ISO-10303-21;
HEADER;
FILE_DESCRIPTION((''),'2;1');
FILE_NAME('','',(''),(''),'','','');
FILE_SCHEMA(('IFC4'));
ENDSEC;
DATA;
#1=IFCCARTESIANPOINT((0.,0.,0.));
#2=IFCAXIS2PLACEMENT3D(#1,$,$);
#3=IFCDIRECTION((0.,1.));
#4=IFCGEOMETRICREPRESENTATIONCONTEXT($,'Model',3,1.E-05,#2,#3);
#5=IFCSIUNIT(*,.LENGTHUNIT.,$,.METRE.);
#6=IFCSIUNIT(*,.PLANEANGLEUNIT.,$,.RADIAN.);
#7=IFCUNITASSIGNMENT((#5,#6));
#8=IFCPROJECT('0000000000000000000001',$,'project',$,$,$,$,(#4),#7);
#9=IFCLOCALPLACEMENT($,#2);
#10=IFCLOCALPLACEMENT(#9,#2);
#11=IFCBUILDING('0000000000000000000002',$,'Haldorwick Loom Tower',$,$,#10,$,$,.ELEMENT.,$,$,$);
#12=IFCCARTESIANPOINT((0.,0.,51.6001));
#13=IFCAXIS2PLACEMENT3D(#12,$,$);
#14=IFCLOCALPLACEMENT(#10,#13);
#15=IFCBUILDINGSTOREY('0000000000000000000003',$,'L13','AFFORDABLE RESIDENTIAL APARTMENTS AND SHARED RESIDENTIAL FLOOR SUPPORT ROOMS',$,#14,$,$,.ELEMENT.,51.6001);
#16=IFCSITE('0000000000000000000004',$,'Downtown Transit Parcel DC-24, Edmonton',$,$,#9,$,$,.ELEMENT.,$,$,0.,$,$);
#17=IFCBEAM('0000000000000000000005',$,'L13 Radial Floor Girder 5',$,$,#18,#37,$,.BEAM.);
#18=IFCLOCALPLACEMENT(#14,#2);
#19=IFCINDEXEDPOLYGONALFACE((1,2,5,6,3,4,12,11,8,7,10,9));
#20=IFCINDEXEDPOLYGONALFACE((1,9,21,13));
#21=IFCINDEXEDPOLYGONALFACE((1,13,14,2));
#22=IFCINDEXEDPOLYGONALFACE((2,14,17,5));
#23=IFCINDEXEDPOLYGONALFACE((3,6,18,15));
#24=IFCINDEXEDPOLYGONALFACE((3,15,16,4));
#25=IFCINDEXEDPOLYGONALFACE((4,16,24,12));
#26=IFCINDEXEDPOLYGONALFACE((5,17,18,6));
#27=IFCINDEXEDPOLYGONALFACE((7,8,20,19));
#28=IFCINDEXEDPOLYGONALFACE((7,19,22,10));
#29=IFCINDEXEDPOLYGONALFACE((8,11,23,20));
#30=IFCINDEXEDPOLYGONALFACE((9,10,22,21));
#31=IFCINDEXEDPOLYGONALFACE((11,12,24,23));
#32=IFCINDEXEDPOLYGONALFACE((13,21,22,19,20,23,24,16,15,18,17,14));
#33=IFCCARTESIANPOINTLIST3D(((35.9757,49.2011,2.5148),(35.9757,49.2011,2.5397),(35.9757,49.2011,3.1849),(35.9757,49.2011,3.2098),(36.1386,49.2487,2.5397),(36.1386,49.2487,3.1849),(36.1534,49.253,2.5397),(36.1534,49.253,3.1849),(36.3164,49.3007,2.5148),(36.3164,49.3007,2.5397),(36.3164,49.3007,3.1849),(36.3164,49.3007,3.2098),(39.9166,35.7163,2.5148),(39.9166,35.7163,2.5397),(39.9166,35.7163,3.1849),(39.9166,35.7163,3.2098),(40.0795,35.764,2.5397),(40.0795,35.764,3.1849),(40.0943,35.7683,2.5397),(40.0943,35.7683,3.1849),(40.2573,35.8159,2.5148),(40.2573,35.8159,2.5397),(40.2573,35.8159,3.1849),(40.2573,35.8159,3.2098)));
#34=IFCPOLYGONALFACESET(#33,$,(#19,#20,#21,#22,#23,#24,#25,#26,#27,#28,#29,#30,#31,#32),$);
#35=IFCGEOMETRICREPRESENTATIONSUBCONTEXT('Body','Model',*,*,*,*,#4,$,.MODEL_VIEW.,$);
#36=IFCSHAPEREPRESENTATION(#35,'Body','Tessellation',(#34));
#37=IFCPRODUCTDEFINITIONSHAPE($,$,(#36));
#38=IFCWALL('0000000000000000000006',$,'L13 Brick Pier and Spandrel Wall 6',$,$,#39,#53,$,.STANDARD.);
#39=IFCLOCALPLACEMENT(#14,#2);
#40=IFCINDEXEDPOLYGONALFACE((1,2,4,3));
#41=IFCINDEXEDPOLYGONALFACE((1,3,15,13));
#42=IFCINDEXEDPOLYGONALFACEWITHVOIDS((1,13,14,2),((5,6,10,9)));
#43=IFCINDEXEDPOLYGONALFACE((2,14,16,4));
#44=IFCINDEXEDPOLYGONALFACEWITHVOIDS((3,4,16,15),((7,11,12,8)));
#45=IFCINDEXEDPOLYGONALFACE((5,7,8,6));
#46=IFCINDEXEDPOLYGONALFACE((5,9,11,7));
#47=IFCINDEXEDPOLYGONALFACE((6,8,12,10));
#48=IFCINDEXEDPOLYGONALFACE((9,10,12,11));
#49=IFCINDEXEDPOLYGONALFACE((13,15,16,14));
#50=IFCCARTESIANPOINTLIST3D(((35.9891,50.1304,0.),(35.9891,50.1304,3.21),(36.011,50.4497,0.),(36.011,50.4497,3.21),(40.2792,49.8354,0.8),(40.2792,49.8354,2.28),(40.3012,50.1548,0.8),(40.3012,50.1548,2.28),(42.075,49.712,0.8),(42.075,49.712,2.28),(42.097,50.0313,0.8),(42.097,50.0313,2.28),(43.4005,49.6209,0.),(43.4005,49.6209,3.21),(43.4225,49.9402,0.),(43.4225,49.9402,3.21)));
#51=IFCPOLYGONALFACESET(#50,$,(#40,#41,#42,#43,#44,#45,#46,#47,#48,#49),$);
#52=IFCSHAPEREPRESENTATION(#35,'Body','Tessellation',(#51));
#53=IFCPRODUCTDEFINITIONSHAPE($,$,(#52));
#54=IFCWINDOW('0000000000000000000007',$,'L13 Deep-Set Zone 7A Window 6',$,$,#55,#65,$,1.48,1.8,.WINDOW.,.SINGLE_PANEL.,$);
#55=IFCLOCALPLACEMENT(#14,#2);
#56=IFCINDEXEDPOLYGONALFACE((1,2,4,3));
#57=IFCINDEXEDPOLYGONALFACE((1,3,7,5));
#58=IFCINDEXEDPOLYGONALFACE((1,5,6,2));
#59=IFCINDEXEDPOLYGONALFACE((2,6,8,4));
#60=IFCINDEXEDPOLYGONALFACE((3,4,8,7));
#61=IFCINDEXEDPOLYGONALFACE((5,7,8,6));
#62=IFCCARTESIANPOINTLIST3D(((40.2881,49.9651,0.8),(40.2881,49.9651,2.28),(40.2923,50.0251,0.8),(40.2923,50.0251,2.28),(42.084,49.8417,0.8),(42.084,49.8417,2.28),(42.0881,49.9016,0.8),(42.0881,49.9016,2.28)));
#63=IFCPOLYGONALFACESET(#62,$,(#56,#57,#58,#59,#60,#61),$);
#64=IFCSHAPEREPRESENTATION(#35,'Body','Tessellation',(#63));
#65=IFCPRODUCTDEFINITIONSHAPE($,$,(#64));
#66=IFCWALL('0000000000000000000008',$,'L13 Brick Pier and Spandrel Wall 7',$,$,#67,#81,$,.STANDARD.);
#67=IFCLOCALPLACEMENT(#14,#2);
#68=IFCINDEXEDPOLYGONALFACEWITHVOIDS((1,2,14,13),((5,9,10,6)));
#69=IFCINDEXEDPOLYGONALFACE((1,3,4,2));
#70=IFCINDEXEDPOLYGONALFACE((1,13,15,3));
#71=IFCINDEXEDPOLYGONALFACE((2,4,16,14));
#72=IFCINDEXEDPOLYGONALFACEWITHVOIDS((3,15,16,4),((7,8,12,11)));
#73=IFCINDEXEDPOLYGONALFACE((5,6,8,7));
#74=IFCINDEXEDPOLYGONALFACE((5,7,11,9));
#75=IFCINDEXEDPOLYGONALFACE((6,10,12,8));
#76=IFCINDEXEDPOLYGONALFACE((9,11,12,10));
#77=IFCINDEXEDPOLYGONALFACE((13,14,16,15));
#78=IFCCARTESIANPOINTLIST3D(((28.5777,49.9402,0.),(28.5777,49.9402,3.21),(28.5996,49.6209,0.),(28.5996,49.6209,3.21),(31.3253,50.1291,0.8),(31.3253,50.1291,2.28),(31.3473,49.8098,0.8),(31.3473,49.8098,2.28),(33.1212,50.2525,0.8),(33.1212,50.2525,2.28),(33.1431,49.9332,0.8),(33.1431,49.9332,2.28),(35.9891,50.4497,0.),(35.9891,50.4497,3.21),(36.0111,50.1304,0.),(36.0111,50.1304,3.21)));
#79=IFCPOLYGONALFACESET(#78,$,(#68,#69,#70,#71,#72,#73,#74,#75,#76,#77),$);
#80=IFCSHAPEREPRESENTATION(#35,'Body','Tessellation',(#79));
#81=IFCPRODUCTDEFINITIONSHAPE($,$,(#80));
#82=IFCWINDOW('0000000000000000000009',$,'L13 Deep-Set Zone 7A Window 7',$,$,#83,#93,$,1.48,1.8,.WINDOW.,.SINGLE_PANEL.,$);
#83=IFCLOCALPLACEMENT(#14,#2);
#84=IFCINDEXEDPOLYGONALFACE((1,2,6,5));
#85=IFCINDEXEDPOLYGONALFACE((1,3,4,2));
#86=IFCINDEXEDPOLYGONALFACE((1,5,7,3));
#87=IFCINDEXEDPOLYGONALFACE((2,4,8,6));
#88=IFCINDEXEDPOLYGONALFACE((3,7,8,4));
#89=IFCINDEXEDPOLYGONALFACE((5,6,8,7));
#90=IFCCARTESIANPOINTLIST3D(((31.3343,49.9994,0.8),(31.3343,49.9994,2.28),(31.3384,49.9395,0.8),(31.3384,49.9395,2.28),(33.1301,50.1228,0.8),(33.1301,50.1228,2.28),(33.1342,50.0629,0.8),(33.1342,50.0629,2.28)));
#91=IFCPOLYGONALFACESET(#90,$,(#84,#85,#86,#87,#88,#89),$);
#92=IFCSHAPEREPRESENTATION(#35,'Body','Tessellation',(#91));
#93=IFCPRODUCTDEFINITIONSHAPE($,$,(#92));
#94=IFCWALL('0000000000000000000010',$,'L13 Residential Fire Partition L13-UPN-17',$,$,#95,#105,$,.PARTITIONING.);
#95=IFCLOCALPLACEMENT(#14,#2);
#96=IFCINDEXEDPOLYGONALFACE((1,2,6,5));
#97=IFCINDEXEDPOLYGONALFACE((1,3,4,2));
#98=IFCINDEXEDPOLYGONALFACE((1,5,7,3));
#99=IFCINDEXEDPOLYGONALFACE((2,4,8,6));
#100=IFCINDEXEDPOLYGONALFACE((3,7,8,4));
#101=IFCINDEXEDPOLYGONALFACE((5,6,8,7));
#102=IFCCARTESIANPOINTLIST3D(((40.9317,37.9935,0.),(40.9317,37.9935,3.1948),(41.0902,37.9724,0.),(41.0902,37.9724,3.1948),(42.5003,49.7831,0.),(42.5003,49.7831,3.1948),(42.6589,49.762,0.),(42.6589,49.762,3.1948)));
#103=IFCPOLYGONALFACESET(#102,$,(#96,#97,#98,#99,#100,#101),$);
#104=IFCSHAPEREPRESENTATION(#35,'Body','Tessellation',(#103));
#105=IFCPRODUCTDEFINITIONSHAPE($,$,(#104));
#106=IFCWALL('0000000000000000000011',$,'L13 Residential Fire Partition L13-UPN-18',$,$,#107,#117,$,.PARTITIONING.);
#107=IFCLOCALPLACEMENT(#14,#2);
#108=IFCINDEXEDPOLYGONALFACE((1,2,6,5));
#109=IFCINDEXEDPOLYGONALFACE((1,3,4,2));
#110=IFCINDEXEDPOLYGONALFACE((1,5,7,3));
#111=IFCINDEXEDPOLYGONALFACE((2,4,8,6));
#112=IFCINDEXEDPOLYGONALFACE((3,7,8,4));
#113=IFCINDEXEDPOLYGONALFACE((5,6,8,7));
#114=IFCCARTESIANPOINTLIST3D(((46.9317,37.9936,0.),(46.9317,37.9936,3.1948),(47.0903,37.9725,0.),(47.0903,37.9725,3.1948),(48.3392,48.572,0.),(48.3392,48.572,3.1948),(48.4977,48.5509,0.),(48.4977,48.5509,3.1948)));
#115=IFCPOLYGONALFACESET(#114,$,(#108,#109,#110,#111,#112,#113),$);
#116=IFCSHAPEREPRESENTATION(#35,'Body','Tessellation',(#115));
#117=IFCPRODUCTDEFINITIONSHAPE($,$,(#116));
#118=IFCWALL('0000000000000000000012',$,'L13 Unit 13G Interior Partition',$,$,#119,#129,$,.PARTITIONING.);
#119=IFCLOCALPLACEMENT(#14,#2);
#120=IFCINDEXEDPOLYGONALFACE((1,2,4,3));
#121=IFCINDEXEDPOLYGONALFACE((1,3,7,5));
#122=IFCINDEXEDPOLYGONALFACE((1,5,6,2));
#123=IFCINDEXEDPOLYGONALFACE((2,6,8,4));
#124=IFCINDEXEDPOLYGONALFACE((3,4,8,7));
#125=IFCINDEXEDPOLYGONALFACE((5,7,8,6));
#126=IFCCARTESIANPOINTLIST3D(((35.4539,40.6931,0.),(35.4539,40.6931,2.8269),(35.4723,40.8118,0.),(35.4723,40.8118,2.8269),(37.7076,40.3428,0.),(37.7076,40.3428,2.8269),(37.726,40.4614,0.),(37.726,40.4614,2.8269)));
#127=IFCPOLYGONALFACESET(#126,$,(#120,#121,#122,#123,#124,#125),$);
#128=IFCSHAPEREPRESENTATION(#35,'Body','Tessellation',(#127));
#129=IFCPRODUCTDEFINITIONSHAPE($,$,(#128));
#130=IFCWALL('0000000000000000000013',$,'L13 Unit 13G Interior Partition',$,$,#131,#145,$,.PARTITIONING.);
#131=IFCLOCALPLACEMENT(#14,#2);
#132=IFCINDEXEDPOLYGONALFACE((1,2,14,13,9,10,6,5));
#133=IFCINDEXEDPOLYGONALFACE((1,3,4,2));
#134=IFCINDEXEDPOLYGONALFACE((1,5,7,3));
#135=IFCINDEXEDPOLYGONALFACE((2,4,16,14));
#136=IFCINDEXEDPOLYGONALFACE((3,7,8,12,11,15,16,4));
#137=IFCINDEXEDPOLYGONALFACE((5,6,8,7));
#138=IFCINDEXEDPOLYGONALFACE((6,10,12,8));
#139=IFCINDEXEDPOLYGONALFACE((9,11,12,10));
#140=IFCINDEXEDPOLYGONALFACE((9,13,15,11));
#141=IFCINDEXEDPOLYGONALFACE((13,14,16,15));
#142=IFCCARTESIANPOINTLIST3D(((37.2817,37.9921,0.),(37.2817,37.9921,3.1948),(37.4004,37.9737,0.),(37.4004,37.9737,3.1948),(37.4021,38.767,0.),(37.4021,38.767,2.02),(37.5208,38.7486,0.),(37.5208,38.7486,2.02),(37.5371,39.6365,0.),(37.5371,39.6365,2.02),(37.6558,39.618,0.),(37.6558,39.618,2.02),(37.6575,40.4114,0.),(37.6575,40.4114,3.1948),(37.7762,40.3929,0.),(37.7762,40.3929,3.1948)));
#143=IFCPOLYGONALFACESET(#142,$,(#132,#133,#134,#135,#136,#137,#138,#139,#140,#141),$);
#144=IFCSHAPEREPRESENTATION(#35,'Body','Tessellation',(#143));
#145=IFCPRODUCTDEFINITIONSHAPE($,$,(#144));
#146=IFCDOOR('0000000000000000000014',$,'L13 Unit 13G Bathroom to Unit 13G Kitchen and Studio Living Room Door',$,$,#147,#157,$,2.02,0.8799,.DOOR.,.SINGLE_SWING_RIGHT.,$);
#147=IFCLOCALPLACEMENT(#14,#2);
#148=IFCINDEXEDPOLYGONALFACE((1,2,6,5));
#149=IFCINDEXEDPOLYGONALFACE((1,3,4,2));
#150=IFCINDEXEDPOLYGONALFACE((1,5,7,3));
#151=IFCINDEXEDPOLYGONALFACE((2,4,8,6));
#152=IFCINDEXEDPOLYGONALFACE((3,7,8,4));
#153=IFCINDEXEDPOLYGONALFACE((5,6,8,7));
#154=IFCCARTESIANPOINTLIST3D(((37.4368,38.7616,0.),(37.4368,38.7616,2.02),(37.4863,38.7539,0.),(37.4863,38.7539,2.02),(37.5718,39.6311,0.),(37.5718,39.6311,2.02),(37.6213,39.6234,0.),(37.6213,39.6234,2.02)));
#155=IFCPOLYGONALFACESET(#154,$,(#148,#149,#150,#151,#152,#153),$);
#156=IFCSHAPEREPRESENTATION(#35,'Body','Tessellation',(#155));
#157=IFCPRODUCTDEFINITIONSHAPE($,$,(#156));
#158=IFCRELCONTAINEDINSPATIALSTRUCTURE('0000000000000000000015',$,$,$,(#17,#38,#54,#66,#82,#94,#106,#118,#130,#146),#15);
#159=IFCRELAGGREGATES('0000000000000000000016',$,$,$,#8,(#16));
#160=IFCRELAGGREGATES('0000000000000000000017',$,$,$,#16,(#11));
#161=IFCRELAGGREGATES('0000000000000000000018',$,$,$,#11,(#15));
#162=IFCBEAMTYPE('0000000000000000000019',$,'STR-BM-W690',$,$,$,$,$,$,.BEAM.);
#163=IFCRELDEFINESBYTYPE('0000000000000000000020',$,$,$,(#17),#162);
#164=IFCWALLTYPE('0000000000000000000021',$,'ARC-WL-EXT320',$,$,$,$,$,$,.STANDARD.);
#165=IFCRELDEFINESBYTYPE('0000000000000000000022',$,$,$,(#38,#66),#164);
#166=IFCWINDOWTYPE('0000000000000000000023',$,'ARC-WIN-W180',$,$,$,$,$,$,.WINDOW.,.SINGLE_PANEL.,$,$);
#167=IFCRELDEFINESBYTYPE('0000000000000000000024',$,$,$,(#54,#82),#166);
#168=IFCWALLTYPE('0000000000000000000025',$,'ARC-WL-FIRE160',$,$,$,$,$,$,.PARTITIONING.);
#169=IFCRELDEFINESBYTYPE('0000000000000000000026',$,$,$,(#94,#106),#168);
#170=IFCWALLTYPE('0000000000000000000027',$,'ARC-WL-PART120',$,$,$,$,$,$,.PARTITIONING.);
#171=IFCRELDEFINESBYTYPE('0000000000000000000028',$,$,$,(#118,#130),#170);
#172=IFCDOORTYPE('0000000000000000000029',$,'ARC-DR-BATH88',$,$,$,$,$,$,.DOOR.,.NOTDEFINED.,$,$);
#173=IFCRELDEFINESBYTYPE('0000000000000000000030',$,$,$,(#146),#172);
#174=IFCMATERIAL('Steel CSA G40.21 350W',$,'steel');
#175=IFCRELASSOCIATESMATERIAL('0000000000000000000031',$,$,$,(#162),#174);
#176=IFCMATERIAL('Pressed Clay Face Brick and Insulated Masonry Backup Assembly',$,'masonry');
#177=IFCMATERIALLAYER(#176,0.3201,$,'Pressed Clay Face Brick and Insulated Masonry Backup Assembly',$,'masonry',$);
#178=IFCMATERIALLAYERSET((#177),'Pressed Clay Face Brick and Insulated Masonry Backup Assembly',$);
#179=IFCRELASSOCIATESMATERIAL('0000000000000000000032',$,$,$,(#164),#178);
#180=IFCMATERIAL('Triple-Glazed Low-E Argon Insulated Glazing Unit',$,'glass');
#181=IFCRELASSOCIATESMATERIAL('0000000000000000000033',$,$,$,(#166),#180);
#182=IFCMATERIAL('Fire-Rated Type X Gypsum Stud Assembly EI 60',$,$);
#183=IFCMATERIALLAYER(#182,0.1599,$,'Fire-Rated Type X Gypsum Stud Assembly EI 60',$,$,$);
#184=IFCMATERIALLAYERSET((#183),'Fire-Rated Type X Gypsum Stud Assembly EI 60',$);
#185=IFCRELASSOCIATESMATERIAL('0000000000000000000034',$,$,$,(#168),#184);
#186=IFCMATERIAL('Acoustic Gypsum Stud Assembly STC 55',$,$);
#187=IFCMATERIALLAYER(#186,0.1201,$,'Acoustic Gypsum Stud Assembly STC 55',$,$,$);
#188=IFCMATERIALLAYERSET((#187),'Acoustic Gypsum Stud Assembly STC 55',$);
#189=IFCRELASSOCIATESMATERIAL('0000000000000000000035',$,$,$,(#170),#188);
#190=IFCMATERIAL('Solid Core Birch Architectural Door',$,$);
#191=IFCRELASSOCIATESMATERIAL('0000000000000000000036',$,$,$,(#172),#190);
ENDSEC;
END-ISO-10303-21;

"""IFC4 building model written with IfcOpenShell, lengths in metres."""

from ifc_helpers import new_model, si_unit, direction, frame, frame_2d, origin, origin_2d, place, context, subcontext, project, spatial, rectangle, i_section, extrude, material, layer, layer_set, material_profile, profile_set, type_object, element, fill, save


model = new_model("IFC4")

# Units and contexts
model_context = context("Model", 3, precision=1e-05, world=origin(), true_north=direction((0.0, 1.0)))
body_context = subcontext(model_context, "Body", "Model", "MODEL_VIEW")
ifc_project = project(units=[si_unit("LENGTHUNIT", "METRE"), si_unit("PLANEANGLEUNIT", "RADIAN")], contexts=[model_context])

# Site, building, storey
site_placement = place(None, origin())
site = spatial("IfcSite", under=ifc_project, at=site_placement, Name="Downtown Transit Parcel DC-24, Edmonton", CompositionType="ELEMENT", RefElevation=0.0)
building_placement = place(site_placement, origin())
building = spatial("IfcBuilding", under=site, at=building_placement, Name="Haldorwick Loom Tower", CompositionType="ELEMENT")
storey_placement = place(building_placement, frame((0.0, 0.0, 51.6001)))
storey = spatial("IfcBuildingStorey", under=building, at=storey_placement, Name="L13", Description="AFFORDABLE RESIDENTIAL APARTMENTS AND SHARED RESIDENTIAL FLOOR SUPPORT ROOMS", CompositionType="ELEMENT", Elevation=51.6001)

# Beam
ifc_material_1 = material(Name="Steel CSA G40.21 350W", Category="steel")
ifc_material_profile_1 = material_profile(ifc_material_1, i_section(OverallWidth=0.355, OverallDepth=0.6951, WebThickness=0.0154, FlangeThickness=0.0249, at=origin_2d()), Name="W690X217", Category="steel")
ifc_profile_set_1 = profile_set([ifc_material_profile_1], Name="Steel CSA G40.21 350W")
beam_type_1 = type_object("IfcBeamType", Name="STR-BM-W690", PredefinedType="BEAM", material=ifc_profile_set_1)
beam_1_placement = place(storey_placement, frame((40.0869, 35.7661, 2.8623), z_axis=(-0.280514, 0.95985, 0.0), x_axis=(-0.95985, -0.280514, 0.0)))
element("IfcBeam", 1, at=beam_1_placement, inside=storey, type_object=beam_type_1, Name="L13 Radial Floor Girder 5", PredefinedType="BEAM", context=body_context, shape_type="SweptSolid", body=[
    extrude(i_section(OverallWidth=0.355, OverallDepth=0.6951, WebThickness=0.0154, FlangeThickness=0.0249, at=origin_2d()), origin(), (0.0, 0.0, 1.0), 14.0488),
])

# Walls, openings, windows
ifc_material_2 = material(Name="Pressed Clay Face Brick and Insulated Masonry Backup Assembly", Category="masonry")
ifc_layer_1 = layer(ifc_material_2, 0.3201, Name="Pressed Clay Face Brick and Insulated Masonry Backup Assembly", Category="masonry")
ifc_layer_set_1 = layer_set([ifc_layer_1], Name="Pressed Clay Face Brick and Insulated Masonry Backup Assembly")
wall_type_1 = type_object("IfcWallType", Name="ARC-WL-EXT320", PredefinedType="STANDARD", material=ifc_layer_set_1)
wall_1_placement = place(storey_placement, frame((43.4114, 49.7805, 0.0), z_axis=(0.0, 0.0, 1.0), x_axis=(-0.997645, 0.068587, 0.0)))
wall_1 = element("IfcWall", 2, at=wall_1_placement, inside=storey, type_object=wall_type_1, Name="L13 Brick Pier and Spandrel Wall 6", PredefinedType="STANDARD", context=body_context, shape_type="SweptSolid", body=[
    extrude(rectangle(XDim=7.429, YDim=0.3201, at=frame_2d((3.7144, 0.0))), origin(), (0.0, 0.0, 1.0), 3.21),
])
opening_1_placement = place(wall_1_placement, frame((1.3286, 0.0, 0.8)))
opening_1 = element("IfcOpeningElement", 3, at=opening_1_placement, cuts=wall_1, PredefinedType="OPENING", context=body_context, shape_type="SweptSolid", body=[
    extrude(rectangle(XDim=1.8, YDim=1.48, at=frame_2d((0.8999, 0.74))), frame((0.0, 0.1699, 0.0), z_axis=(0.0, -1.0, 0.0), x_axis=(1.0, 0.0, 0.0)), (0.0, 0.0, 1.0), 0.3401),
])
ifc_material_3 = material(Name="Triple-Glazed Low-E Argon Insulated Glazing Unit", Category="glass")
window_type = type_object("IfcWindowType", Name="ARC-WIN-W180", PartitioningType="SINGLE_PANEL", PredefinedType="WINDOW", material=ifc_material_3)
window_1_placement = place(opening_1_placement, origin())
window_1 = element("IfcWindow", 4, at=window_1_placement, inside=storey, type_object=window_type, Name="L13 Deep-Set Zone 7A Window 6", OverallHeight=1.48, OverallWidth=1.8, PartitioningType="SINGLE_PANEL", PredefinedType="WINDOW", context=body_context, shape_type="SweptSolid", body=[
    extrude(rectangle(XDim=1.8, YDim=1.48, at=frame_2d((0.8999, 0.74))), frame((0.0, 0.03, 0.0), z_axis=(0.0, -1.0, 0.0), x_axis=(1.0, 0.0, 0.0)), (0.0, 0.0, 1.0), 0.0601),
])
fill(opening_1, window_1)
wall_2_placement = place(storey_placement, frame((36.0, 50.29, 0.0), z_axis=(0.0, 0.0, 1.0), x_axis=(-0.997645, -0.068587, 0.0)))
wall_2 = element("IfcWall", 5, at=wall_2_placement, inside=storey, type_object=wall_type_1, Name="L13 Brick Pier and Spandrel Wall 7", PredefinedType="STANDARD", context=body_context, shape_type="SweptSolid", body=[
    extrude(rectangle(XDim=7.429, YDim=0.3201, at=frame_2d((3.7144, 0.0))), origin(), (0.0, 0.0, 1.0), 3.21),
])
opening_2_placement = place(wall_2_placement, frame((2.8748, 0.0, 0.8)))
opening_2 = element("IfcOpeningElement", 6, at=opening_2_placement, cuts=wall_2, PredefinedType="OPENING", context=body_context, shape_type="SweptSolid", body=[
    extrude(rectangle(XDim=1.8, YDim=1.48, at=frame_2d((0.8999, 0.74))), frame((0.0, 0.1699, 0.0), z_axis=(0.0, -1.0, 0.0), x_axis=(1.0, 0.0, 0.0)), (0.0, 0.0, 1.0), 0.3401),
])
window_2_placement = place(opening_2_placement, origin())
window_2 = element("IfcWindow", 7, at=window_2_placement, inside=storey, type_object=window_type, Name="L13 Deep-Set Zone 7A Window 7", OverallHeight=1.48, OverallWidth=1.8, PartitioningType="SINGLE_PANEL", PredefinedType="WINDOW", context=body_context, shape_type="SweptSolid", body=[
    extrude(rectangle(XDim=1.8, YDim=1.48, at=frame_2d((0.8999, 0.74))), frame((0.0, 0.03, 0.0), z_axis=(0.0, -1.0, 0.0), x_axis=(1.0, 0.0, 0.0)), (0.0, 0.0, 1.0), 0.0601),
])
fill(opening_2, window_2)

# Walls
ifc_material_4 = material(Name="Fire-Rated Type X Gypsum Stud Assembly EI 60")
ifc_layer_2 = layer(ifc_material_4, 0.1599, Name="Fire-Rated Type X Gypsum Stud Assembly EI 60")
ifc_layer_set_2 = layer_set([ifc_layer_2], Name="Fire-Rated Type X Gypsum Stud Assembly EI 60")
wall_type_2 = type_object("IfcWallType", Name="ARC-WL-FIRE160", PredefinedType="PARTITIONING", material=ifc_layer_set_2)
wall_3_placement = place(storey_placement, frame((41.011, 37.9829, 0.0), z_axis=(0.0, 0.0, 1.0), x_axis=(0.131888, 0.991265, 0.0)))
element("IfcWall", 8, at=wall_3_placement, inside=storey, type_object=wall_type_2, Name="L13 Residential Fire Partition L13-UPN-17", PredefinedType="PARTITIONING", context=body_context, shape_type="SweptSolid", body=[
    extrude(rectangle(XDim=11.8936, YDim=0.1599, at=frame_2d((5.9468, 0.0))), origin(), (0.0, 0.0, 1.0), 3.1948),
])
wall_4_placement = place(storey_placement, frame((47.011, 37.9829, 0.0), z_axis=(0.0, 0.0, 1.0), x_axis=(0.131889, 0.991264, 0.0)))
element("IfcWall", 9, at=wall_4_placement, inside=storey, type_object=wall_type_2, Name="L13 Residential Fire Partition L13-UPN-18", PredefinedType="PARTITIONING", context=body_context, shape_type="SweptSolid", body=[
    extrude(rectangle(XDim=10.6716, YDim=0.1599, at=frame_2d((5.3359, 0.0))), origin(), (0.0, 0.0, 1.0), 3.1948),
])
ifc_material_5 = material(Name="Acoustic Gypsum Stud Assembly STC 55")
ifc_layer_3 = layer(ifc_material_5, 0.1201, Name="Acoustic Gypsum Stud Assembly STC 55")
ifc_layer_set_3 = layer_set([ifc_layer_3], Name="Acoustic Gypsum Stud Assembly STC 55")
wall_type_3 = type_object("IfcWallType", Name="ARC-WL-PART120", PredefinedType="PARTITIONING", material=ifc_layer_set_3)
wall_5_placement = place(storey_placement, frame((37.7168, 40.4021, 0.0), z_axis=(0.0, 0.0, 1.0), x_axis=(-0.988132, 0.153609, 0.0)))
element("IfcWall", 10, at=wall_5_placement, inside=storey, type_object=wall_type_3, Name="L13 Unit 13G Interior Partition", PredefinedType="PARTITIONING", context=body_context, shape_type="SweptSolid", body=[
    extrude(rectangle(XDim=2.2808, YDim=0.1201, at=frame_2d((1.1404, 0.0))), origin(), (0.0, 0.0, 1.0), 2.8269),
])

# Wall, opening, door
wall_6_placement = place(storey_placement, frame((37.3411, 37.9829, 0.0), z_axis=(0.0, 0.0, 1.0), x_axis=(0.153473, 0.988153, 0.0)))
wall_6 = element("IfcWall", 11, at=wall_6_placement, inside=storey, type_object=wall_type_3, Name="L13 Unit 13G Interior Partition", PredefinedType="PARTITIONING", context=body_context, shape_type="SweptSolid", body=[
    extrude(rectangle(XDim=2.4482, YDim=0.1201, at=frame_2d((1.2241, 0.0))), origin(), (0.0, 0.0, 1.0), 3.1948),
])
opening_3_placement = place(wall_6_placement, frame((0.7842, 0.0, 0.0)))
opening_3 = element("IfcOpeningElement", 12, at=opening_3_placement, cuts=wall_6, PredefinedType="OPENING", context=body_context, shape_type="SweptSolid", body=[
    extrude(rectangle(XDim=0.8799, YDim=2.02, at=frame_2d((0.4399, 1.01))), frame((0.0, 0.0701, 0.0), z_axis=(0.0, -1.0, 0.0), x_axis=(1.0, 0.0, 0.0)), (0.0, 0.0, 1.0), 0.1401),
])
ifc_material_6 = material(Name="Solid Core Birch Architectural Door")
door_type = type_object("IfcDoorType", Name="ARC-DR-BATH88", OperationType="NOTDEFINED", PredefinedType="DOOR", material=ifc_material_6)
door_placement = place(opening_3_placement, origin())
door = element("IfcDoor", 13, at=door_placement, inside=storey, type_object=door_type, Name="L13 Unit 13G Bathroom to Unit 13G Kitchen and Studio Living Room Door", OperationType="SINGLE_SWING_RIGHT", OverallHeight=2.02, OverallWidth=0.8799, PredefinedType="DOOR", context=body_context, shape_type="SweptSolid", body=[
    extrude(rectangle(XDim=0.8799, YDim=2.02, at=frame_2d((0.4399, 1.01))), frame((0.0, 0.0249, 0.0), z_axis=(0.0, -1.0, 0.0), x_axis=(1.0, 0.0, 0.0)), (0.0, 0.0, 1.0), 0.05),
])
fill(opening_3, door)

save(model, "model.ifc")
